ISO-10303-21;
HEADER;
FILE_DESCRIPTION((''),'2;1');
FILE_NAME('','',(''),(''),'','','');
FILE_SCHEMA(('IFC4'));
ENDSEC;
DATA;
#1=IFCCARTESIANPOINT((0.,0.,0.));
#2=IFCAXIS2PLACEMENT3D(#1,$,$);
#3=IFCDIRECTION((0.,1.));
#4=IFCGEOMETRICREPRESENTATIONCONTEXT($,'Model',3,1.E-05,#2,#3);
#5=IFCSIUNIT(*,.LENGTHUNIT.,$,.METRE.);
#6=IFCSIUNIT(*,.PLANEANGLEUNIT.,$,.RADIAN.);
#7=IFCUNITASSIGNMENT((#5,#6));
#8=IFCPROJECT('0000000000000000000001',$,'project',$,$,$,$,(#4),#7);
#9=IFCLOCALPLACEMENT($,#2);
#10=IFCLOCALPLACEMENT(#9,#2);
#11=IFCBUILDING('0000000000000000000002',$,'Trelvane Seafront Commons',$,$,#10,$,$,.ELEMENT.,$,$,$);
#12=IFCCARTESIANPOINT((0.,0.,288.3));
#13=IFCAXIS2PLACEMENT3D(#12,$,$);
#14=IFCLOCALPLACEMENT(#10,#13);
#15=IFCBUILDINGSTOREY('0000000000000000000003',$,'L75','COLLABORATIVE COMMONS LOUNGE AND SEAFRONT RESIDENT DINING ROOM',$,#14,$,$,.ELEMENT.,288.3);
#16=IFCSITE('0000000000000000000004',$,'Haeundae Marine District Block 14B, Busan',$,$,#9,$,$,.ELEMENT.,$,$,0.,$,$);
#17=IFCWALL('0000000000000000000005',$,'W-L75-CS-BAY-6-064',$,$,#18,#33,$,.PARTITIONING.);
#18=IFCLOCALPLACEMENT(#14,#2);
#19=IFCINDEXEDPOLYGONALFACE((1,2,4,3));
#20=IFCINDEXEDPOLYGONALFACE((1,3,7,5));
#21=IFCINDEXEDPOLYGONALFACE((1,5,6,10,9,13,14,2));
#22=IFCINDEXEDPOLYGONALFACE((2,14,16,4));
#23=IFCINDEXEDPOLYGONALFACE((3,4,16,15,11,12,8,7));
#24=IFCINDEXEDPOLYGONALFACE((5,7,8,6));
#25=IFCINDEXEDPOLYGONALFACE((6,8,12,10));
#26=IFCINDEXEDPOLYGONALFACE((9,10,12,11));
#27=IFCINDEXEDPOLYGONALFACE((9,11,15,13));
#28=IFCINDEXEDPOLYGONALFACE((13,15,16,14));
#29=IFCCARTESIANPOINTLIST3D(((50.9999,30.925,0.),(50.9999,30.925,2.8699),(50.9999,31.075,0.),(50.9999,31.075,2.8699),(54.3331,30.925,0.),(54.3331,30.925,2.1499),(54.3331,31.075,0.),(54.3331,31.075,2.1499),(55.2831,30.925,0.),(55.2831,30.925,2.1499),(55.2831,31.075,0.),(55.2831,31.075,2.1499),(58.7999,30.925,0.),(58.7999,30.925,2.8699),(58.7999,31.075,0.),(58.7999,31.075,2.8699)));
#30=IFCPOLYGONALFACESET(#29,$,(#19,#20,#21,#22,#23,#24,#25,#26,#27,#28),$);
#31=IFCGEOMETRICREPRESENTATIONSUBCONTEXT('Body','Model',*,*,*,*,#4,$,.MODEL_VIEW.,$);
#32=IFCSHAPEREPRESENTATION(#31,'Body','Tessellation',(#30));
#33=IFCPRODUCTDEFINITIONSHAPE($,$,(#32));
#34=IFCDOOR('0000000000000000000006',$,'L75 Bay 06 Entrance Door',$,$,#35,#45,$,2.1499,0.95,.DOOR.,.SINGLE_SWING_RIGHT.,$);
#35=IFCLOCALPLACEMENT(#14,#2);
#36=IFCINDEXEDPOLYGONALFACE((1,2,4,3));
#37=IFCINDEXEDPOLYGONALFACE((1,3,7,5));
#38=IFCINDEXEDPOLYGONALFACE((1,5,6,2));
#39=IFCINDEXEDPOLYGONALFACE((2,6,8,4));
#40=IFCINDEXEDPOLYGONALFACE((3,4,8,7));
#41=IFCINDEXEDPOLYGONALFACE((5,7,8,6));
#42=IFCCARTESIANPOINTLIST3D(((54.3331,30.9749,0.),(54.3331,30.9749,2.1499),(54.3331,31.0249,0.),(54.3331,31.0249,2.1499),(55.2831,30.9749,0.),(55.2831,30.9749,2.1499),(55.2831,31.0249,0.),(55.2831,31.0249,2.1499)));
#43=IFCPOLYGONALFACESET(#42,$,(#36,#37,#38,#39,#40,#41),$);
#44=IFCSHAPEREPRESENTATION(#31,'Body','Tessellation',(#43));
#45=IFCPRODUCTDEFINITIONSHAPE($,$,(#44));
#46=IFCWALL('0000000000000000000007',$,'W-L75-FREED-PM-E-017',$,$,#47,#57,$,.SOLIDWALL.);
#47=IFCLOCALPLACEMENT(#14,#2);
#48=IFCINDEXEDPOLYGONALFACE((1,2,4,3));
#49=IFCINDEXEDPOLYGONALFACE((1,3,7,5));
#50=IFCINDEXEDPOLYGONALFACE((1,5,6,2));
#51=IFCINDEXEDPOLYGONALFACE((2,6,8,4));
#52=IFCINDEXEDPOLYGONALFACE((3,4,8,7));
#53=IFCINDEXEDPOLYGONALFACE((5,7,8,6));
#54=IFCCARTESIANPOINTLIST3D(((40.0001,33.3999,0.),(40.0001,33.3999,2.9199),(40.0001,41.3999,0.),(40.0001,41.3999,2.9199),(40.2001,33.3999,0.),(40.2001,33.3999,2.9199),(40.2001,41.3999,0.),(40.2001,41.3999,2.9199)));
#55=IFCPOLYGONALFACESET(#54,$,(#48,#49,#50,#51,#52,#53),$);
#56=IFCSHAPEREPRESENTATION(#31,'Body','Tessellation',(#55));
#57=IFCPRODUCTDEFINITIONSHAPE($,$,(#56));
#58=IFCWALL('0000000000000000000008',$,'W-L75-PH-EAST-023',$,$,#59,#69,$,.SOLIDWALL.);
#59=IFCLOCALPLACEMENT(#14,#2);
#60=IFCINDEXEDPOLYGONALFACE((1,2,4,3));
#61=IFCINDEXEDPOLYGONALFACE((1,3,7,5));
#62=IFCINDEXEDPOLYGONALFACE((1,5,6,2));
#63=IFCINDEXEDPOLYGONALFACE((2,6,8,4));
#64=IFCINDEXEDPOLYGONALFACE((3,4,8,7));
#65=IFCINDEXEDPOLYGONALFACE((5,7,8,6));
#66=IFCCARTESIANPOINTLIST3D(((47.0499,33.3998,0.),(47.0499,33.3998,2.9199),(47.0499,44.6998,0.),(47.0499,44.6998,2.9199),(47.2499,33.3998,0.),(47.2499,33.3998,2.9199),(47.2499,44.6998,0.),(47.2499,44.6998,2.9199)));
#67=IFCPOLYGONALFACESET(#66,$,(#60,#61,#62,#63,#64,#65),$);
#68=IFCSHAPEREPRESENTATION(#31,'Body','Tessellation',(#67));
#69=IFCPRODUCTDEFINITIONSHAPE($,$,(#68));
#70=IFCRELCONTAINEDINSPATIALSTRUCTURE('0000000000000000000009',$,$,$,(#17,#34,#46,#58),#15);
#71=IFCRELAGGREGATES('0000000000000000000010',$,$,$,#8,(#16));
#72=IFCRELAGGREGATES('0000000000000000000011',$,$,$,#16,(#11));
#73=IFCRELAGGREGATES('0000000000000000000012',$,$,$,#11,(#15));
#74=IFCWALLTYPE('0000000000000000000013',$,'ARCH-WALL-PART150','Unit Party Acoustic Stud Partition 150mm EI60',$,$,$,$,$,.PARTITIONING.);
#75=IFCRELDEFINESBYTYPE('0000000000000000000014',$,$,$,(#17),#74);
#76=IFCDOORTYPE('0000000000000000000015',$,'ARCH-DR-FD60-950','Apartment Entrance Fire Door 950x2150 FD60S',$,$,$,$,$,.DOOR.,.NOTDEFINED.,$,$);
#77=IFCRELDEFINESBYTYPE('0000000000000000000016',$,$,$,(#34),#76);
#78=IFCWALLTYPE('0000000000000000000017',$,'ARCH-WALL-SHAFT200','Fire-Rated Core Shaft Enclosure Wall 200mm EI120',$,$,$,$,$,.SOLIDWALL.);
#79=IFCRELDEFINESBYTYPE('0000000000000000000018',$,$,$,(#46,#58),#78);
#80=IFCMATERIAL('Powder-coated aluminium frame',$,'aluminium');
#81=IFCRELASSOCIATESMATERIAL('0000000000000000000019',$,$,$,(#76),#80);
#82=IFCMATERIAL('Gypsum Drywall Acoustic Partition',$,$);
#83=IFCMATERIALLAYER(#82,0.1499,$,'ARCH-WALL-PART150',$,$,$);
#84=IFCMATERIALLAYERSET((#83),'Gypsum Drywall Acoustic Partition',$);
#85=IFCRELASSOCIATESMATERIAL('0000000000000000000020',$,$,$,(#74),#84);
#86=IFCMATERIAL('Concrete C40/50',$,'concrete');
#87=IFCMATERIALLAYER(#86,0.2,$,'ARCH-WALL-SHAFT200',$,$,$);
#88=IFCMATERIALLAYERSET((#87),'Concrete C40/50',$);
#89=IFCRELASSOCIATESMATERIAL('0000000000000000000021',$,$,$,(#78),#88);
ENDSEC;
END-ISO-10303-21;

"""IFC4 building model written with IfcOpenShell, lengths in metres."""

from ifc_helpers import new_model, si_unit, direction, frame, frame_2d, origin, place, context, subcontext, project, spatial, rectangle, extrude, source, transform, mapped, material, layer, layer_set, type_object, element, fill, save


model = new_model("IFC4")

# Units and contexts
model_context = context("Model", 3, precision=1e-05, world=origin(), true_north=direction((0.0, 1.0)))
body_context = subcontext(model_context, "Body", "Model", "MODEL_VIEW")
ifc_project = project(units=[si_unit("LENGTHUNIT", "METRE"), si_unit("PLANEANGLEUNIT", "RADIAN")], contexts=[model_context])

# Site, building, storey
site_placement = place(None, origin())
site = spatial("IfcSite", under=ifc_project, at=site_placement, Name="Haeundae Marine District Block 14B, Busan", CompositionType="ELEMENT", RefElevation=0.0)
building_placement = place(site_placement, origin())
building = spatial("IfcBuilding", under=site, at=building_placement, Name="Trelvane Seafront Commons", CompositionType="ELEMENT")
storey_placement = place(building_placement, frame((0.0, 0.0, 288.3)))
storey = spatial("IfcBuildingStorey", under=building, at=storey_placement, Name="L75", Description="COLLABORATIVE COMMONS LOUNGE AND SEAFRONT RESIDENT DINING ROOM", CompositionType="ELEMENT", Elevation=288.3)

# Shared definitions
ifc_material_1 = material(Name="Concrete C40/50", Category="concrete")
ifc_material_2 = material(Name="Powder-coated aluminium frame", Category="aluminium")

# Shared definitions
door_type_1 = type_object("IfcDoorType", Name="ARCH-DR-FD60-950", Description="Apartment Entrance Fire Door 950x2150 FD60S", OperationType="NOTDEFINED", PredefinedType="DOOR", material=ifc_material_2)
shared_shape_1 = source(origin(), body_context, "Body", "SweptSolid", [
    extrude(rectangle(XDim=0.95, YDim=2.1499, at=frame_2d((0.4751, 1.075))), frame((0.0, 0.0249, 0.0), z_axis=(0.0, -1.0, 0.0), x_axis=(1.0, 0.0, 0.0)), (0.0, 0.0, 1.0), 0.05),
])
ifc_material_3 = material(Name="Gypsum Drywall Acoustic Partition")

# Wall, opening, door
ifc_layer_1 = layer(ifc_material_3, 0.1499, Name="ARCH-WALL-PART150")
ifc_layer_set_1 = layer_set([ifc_layer_1], Name="Gypsum Drywall Acoustic Partition")
wall_type_1 = type_object("IfcWallType", Name="ARCH-WALL-PART150", Description="Unit Party Acoustic Stud Partition 150mm EI60", PredefinedType="PARTITIONING", material=ifc_layer_set_1)
wall_1_placement = place(storey_placement, frame((51.0, 31.0, 0.0), z_axis=(0.0, 0.0, 1.0), x_axis=(1.0, 0.0, 0.0)))
wall_1 = element("IfcWall", 1, at=wall_1_placement, inside=storey, type_object=wall_type_1, Name="W-L75-CS-BAY-6-064", PredefinedType="PARTITIONING", context=body_context, shape_type="SweptSolid", body=[
    extrude(rectangle(XDim=7.8, YDim=0.1499, at=frame_2d((3.8999, 0.0))), origin(), (0.0, 0.0, 1.0), 2.8699),
])
opening_1_placement = place(wall_1_placement, frame((3.333, 0.0, 0.0)))
opening_1 = element("IfcOpeningElement", 2, at=opening_1_placement, cuts=wall_1, PredefinedType="OPENING", context=body_context, shape_type="SweptSolid", body=[
    extrude(rectangle(XDim=0.95, YDim=2.1499, at=frame_2d((0.4751, 1.075))), frame((0.0, 0.085, 0.0), z_axis=(0.0, -1.0, 0.0), x_axis=(1.0, 0.0, 0.0)), (0.0, 0.0, 1.0), 0.1699),
])
door_1_placement = place(opening_1_placement, origin())
door_1 = element("IfcDoor", 3, at=door_1_placement, inside=storey, type_object=door_type_1, Name="L75 Bay 06 Entrance Door", OperationType="SINGLE_SWING_RIGHT", OverallHeight=2.1499, OverallWidth=0.95, PredefinedType="DOOR", context=body_context, shape_type="MappedRepresentation", body=[
    mapped(shared_shape_1, transform((0.0, 0.0, 0.0), x_axis=(1.0, 0.0, 0.0), y_axis=(0.0, 1.0, 0.0), z_axis=(0.0, 0.0, 1.0), scale=1.0)),
])
fill(opening_1, door_1)

# Walls
ifc_layer_2 = layer(ifc_material_1, 0.2, Name="ARCH-WALL-SHAFT200")
ifc_layer_set_2 = layer_set([ifc_layer_2], Name="Concrete C40/50")
wall_type_2 = type_object("IfcWallType", Name="ARCH-WALL-SHAFT200", Description="Fire-Rated Core Shaft Enclosure Wall 200mm EI120", PredefinedType="SOLIDWALL", material=ifc_layer_set_2)
wall_2_placement = place(storey_placement, frame((40.1001, 33.3999, 0.0), z_axis=(0.0, 0.0, 1.0), x_axis=(0.0, 1.0, 0.0)))
element("IfcWall", 4, at=wall_2_placement, inside=storey, type_object=wall_type_2, Name="W-L75-FREED-PM-E-017", PredefinedType="SOLIDWALL", context=body_context, shape_type="SweptSolid", body=[
    extrude(rectangle(XDim=8.0, YDim=0.2, at=frame_2d((4.0, 0.0))), origin(), (0.0, 0.0, 1.0), 2.9199),
])
wall_3_placement = place(storey_placement, frame((47.1499, 33.3999, 0.0), z_axis=(0.0, 0.0, 1.0), x_axis=(0.0, 1.0, 0.0)))
element("IfcWall", 5, at=wall_3_placement, inside=storey, type_object=wall_type_2, Name="W-L75-PH-EAST-023", PredefinedType="SOLIDWALL", context=body_context, shape_type="SweptSolid", body=[
    extrude(rectangle(XDim=11.3, YDim=0.2, at=frame_2d((5.6499, 0.0))), origin(), (0.0, 0.0, 1.0), 2.9199),
])

save(model, "model.ifc")
